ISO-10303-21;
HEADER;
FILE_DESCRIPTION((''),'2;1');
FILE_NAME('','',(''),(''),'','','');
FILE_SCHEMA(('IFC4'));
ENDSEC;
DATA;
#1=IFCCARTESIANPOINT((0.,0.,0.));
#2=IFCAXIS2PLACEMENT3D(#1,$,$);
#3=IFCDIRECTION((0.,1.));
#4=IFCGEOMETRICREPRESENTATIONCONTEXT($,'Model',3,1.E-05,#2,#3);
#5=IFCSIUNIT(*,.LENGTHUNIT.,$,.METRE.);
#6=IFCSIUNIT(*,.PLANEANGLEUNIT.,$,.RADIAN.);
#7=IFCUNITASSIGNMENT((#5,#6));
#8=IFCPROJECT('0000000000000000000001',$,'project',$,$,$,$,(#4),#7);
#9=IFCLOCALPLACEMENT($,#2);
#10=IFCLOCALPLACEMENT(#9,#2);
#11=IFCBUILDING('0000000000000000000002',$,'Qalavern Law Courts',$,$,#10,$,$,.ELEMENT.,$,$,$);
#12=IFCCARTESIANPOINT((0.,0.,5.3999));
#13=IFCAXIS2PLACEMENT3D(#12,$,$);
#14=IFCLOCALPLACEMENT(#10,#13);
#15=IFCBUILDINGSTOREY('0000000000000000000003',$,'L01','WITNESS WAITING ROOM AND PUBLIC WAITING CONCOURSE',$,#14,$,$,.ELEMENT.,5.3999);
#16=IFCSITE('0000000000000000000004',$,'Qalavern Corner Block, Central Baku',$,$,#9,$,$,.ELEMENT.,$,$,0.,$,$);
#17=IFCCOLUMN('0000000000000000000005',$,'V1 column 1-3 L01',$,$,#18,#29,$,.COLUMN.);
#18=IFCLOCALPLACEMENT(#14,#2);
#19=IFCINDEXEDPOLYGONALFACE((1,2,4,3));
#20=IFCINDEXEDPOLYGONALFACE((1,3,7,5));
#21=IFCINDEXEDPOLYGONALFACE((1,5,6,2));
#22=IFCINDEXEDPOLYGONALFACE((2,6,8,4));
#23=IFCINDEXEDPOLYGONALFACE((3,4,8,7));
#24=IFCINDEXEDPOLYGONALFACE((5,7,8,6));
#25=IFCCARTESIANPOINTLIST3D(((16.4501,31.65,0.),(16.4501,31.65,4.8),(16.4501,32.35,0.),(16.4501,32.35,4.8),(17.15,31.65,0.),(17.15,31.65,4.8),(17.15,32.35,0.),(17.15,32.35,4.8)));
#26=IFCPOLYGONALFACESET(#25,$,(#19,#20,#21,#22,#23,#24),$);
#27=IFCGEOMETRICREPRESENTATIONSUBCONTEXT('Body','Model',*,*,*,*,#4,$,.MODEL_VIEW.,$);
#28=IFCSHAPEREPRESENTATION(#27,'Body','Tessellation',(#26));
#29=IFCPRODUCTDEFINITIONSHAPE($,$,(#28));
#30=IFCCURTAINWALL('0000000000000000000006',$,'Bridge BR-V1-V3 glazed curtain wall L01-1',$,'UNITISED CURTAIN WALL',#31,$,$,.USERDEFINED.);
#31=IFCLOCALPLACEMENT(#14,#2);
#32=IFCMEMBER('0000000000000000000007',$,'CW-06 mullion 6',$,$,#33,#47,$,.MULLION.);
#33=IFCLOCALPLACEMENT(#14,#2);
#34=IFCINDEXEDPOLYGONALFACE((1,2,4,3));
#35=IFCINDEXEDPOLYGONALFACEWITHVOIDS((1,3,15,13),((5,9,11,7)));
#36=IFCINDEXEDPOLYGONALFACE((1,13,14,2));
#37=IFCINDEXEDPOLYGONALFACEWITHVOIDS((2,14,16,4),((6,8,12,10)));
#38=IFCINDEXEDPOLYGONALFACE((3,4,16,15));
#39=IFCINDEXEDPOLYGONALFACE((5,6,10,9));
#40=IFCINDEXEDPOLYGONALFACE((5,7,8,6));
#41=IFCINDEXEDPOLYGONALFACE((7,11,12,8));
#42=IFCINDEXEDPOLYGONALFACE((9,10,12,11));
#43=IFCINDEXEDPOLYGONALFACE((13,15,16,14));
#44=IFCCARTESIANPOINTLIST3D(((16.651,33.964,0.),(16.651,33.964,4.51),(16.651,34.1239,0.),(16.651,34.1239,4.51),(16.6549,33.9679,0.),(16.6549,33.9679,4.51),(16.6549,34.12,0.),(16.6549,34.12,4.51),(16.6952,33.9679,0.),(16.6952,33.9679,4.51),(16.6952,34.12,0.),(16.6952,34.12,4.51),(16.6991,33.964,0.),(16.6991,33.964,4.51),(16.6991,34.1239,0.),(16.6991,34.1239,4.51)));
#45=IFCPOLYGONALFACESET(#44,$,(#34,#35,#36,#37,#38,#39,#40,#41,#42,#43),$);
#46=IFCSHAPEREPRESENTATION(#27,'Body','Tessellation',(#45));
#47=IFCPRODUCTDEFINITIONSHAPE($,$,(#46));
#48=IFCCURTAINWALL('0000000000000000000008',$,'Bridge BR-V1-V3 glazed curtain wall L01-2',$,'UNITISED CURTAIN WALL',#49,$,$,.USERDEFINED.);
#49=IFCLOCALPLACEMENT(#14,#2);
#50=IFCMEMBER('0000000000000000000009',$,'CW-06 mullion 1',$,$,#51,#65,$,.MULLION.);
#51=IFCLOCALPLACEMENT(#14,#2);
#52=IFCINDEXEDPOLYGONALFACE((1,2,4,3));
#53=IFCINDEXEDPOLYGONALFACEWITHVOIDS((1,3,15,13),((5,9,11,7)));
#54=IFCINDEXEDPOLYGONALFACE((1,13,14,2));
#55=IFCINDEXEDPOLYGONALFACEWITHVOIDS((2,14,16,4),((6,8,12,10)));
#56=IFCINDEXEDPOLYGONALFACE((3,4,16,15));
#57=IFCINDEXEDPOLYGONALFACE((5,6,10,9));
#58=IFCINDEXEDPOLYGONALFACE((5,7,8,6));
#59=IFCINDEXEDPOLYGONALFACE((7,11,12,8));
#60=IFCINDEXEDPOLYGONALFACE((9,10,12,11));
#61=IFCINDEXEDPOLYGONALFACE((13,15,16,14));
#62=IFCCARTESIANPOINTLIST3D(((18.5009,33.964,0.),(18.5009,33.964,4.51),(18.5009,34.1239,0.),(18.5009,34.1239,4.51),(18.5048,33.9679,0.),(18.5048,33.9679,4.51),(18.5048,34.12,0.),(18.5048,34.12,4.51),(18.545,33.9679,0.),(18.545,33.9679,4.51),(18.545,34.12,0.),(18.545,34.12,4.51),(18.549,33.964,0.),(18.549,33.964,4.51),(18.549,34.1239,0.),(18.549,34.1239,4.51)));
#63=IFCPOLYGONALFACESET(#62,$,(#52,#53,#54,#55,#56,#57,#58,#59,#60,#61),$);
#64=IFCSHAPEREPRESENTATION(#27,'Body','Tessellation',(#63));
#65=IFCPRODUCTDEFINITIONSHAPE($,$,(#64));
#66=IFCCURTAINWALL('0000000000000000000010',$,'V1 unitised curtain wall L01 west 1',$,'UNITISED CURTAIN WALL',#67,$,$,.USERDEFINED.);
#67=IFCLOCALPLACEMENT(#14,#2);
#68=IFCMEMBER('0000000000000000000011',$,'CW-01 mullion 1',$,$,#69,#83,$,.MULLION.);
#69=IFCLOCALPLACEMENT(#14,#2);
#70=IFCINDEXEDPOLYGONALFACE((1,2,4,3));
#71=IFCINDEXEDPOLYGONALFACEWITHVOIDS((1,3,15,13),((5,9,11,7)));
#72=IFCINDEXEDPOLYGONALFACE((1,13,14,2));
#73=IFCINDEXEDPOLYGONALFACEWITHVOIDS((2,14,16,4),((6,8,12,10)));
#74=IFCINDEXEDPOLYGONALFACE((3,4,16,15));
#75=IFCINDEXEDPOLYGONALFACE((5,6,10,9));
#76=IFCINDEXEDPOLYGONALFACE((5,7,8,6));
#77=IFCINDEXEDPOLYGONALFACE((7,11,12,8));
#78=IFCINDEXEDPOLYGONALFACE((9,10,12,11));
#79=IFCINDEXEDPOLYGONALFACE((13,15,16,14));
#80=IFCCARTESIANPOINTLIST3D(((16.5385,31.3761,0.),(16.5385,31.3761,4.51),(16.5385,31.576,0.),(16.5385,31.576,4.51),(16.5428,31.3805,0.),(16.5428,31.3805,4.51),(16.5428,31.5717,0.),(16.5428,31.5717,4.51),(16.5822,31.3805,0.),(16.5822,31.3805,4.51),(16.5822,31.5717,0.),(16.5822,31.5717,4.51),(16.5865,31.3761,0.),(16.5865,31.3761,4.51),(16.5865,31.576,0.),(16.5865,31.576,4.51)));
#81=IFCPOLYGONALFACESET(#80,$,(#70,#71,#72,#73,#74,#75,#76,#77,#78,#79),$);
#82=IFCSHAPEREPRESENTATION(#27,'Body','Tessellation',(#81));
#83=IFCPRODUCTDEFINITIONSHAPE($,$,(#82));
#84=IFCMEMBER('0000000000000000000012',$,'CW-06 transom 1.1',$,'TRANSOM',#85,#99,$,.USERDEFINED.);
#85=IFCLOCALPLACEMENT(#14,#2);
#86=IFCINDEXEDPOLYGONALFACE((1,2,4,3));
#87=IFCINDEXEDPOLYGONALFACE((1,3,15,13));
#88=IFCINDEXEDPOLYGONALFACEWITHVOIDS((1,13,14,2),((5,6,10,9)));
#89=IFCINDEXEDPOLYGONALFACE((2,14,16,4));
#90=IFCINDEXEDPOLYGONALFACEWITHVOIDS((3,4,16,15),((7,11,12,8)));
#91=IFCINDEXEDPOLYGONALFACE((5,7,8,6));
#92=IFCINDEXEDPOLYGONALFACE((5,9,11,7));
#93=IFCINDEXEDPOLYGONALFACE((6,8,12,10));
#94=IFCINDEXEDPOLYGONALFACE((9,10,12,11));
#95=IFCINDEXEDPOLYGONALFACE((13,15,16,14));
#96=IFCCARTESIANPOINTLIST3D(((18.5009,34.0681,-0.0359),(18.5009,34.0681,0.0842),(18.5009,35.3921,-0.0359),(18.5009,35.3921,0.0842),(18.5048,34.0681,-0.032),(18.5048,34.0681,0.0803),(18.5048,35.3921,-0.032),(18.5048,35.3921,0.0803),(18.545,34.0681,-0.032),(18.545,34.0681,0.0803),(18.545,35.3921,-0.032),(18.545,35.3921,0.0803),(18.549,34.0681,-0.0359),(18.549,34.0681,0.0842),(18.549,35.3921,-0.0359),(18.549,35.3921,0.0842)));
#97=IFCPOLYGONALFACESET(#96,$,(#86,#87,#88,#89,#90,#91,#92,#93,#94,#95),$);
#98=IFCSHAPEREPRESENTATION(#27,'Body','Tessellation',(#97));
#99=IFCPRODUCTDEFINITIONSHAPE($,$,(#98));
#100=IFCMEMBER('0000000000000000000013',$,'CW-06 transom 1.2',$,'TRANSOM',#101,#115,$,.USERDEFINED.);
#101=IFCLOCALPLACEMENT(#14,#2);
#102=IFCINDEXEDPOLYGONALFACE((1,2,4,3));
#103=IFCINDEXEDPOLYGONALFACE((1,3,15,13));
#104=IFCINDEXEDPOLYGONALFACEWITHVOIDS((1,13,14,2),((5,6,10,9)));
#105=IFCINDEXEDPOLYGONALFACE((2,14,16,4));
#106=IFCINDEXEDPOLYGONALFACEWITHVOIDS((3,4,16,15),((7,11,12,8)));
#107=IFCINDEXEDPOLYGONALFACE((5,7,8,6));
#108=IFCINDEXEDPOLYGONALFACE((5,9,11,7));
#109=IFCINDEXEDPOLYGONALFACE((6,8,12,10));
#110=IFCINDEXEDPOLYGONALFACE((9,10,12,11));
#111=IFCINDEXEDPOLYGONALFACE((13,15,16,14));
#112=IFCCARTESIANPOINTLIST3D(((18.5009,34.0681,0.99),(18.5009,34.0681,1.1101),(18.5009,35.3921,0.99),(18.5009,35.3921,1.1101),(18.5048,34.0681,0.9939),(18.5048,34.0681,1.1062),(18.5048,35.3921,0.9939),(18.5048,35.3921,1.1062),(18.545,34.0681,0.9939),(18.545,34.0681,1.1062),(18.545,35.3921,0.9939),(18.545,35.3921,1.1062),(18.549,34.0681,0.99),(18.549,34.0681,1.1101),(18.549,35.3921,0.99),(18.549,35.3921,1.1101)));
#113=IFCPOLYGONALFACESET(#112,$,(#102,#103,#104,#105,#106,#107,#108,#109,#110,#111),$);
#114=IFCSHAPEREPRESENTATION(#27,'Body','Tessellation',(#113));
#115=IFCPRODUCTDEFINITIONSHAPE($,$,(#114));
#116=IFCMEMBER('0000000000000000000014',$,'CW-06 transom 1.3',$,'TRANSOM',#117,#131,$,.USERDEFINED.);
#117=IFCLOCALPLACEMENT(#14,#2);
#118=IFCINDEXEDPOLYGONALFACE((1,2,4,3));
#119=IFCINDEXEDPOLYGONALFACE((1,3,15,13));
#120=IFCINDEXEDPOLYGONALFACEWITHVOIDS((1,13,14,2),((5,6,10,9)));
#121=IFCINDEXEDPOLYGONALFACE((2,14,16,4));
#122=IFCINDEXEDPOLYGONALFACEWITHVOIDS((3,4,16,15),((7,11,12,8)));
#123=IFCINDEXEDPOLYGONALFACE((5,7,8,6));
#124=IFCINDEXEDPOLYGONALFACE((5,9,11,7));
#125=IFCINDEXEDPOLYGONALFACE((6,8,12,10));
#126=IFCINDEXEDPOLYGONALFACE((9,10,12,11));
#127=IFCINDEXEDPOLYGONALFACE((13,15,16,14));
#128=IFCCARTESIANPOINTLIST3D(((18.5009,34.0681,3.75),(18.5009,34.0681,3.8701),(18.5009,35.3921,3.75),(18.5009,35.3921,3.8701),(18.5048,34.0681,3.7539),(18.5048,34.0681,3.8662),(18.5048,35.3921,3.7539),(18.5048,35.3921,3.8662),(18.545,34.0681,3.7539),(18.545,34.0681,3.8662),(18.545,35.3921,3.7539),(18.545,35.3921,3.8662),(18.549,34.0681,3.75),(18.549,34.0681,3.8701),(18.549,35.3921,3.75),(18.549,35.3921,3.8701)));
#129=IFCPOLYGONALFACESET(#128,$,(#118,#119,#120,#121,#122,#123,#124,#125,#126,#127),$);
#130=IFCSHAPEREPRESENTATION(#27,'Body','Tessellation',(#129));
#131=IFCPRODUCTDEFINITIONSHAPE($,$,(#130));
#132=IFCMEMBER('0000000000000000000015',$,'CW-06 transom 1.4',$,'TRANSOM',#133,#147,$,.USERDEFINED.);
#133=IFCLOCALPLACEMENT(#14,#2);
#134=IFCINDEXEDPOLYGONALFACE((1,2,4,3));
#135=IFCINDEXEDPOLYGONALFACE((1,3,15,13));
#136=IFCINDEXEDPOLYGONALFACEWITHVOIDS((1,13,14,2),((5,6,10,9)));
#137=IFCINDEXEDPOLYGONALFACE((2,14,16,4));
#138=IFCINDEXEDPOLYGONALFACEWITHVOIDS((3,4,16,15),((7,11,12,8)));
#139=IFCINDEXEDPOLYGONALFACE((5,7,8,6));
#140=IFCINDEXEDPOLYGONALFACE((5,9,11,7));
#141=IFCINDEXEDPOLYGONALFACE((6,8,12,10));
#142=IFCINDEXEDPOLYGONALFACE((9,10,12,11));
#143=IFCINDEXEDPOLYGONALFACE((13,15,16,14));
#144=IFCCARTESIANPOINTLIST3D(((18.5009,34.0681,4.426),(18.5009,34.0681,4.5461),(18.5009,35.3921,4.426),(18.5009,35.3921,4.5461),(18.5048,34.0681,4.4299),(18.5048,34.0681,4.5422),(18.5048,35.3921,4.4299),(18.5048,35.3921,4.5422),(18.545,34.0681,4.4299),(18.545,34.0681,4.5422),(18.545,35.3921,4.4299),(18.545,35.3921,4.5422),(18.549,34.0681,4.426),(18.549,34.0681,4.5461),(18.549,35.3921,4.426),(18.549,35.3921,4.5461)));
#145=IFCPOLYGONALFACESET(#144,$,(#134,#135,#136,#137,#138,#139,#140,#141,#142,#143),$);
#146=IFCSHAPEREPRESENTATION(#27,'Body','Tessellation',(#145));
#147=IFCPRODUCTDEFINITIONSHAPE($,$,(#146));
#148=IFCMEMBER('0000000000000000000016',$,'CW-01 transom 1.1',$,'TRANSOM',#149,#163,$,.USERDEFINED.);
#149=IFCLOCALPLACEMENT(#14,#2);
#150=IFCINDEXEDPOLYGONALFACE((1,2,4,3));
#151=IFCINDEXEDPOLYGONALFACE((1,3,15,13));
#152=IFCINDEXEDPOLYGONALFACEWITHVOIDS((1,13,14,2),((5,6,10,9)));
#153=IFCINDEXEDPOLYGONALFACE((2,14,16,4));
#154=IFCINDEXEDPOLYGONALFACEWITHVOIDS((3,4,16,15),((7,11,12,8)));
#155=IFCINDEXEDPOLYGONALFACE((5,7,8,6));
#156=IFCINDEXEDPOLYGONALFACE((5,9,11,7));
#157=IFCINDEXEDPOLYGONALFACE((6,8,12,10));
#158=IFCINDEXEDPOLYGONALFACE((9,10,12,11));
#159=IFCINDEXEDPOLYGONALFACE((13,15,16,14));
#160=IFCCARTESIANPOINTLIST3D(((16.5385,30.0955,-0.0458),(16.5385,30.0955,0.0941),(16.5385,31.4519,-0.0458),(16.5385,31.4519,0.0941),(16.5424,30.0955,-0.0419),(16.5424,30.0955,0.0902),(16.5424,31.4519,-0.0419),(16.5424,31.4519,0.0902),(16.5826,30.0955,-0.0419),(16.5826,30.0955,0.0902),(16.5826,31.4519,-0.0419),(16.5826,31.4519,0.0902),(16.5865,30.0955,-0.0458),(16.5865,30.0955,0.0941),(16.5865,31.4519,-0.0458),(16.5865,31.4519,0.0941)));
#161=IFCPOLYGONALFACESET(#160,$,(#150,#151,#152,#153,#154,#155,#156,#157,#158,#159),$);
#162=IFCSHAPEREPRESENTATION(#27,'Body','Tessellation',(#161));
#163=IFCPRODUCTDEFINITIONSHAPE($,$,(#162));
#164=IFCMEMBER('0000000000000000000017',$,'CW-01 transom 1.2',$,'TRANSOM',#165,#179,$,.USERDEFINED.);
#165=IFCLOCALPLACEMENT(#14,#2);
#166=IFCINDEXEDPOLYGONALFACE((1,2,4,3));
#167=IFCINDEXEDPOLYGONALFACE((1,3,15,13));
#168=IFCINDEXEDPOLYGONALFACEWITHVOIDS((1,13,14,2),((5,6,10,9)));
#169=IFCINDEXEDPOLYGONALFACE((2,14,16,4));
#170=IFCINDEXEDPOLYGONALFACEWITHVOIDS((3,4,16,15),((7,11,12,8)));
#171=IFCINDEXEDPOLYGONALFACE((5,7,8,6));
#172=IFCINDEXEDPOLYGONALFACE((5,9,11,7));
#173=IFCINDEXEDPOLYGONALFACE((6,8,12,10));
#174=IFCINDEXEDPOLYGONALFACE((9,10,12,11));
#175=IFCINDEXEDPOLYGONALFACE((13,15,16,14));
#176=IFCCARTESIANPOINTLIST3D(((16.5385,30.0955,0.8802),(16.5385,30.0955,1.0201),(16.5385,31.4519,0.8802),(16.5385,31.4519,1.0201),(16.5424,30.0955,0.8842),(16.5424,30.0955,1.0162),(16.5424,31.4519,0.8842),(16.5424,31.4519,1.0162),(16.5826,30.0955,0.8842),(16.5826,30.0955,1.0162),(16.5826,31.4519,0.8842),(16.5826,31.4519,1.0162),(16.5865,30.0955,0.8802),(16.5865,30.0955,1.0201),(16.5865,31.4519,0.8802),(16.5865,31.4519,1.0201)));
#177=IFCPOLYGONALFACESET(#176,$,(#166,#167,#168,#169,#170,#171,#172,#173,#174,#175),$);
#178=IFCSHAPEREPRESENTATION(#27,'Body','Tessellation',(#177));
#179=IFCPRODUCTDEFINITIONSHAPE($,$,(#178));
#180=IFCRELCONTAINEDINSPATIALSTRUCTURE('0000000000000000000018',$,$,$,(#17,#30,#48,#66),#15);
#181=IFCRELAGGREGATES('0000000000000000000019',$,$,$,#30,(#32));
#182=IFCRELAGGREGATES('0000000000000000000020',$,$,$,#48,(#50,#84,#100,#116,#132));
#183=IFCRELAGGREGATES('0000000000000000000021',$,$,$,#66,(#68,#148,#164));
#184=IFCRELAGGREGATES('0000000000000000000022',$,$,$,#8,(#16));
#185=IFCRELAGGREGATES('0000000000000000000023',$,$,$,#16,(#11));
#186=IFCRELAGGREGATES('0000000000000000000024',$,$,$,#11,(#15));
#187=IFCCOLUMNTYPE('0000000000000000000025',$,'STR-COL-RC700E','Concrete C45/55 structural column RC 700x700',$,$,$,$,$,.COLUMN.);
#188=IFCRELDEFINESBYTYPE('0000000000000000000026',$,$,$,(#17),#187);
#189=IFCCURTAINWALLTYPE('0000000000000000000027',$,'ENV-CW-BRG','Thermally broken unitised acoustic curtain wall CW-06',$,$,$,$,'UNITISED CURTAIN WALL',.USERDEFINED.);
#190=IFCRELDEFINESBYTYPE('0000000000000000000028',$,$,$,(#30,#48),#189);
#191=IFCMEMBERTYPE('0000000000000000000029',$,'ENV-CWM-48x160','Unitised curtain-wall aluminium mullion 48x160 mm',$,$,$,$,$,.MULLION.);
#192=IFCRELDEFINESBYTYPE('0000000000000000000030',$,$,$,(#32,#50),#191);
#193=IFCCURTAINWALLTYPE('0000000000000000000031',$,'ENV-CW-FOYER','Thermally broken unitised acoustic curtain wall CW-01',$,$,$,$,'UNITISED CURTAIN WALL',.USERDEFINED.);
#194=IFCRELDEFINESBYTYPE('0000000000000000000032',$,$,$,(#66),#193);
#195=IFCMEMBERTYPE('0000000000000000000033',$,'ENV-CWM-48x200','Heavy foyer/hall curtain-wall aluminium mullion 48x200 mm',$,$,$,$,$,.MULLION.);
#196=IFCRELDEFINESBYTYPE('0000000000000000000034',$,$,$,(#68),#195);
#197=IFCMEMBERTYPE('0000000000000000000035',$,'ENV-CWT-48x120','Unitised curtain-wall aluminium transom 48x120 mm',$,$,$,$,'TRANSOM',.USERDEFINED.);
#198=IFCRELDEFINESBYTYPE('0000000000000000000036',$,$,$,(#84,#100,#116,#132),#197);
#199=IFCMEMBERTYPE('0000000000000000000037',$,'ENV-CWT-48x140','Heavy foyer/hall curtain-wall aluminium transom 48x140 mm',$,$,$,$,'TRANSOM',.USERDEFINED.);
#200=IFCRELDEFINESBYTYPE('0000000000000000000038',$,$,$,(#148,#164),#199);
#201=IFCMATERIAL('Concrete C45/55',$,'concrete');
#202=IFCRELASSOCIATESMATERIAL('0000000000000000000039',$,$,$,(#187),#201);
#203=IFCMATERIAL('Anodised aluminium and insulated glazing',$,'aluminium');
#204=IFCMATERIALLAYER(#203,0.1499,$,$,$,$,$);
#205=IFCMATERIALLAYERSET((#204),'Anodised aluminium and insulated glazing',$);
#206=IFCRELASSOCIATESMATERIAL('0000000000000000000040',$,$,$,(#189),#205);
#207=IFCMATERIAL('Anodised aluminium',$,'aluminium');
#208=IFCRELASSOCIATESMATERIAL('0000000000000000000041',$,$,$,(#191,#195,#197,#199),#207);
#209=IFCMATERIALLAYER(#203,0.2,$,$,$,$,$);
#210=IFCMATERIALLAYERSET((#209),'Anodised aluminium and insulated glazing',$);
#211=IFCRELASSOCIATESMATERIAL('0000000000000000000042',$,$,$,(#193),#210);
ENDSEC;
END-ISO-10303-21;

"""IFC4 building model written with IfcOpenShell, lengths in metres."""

from ifc_helpers import new_model, si_unit, direction, frame, origin, origin_2d, place, context, subcontext, project, spatial, rectangle, hollow_rectangle, extrude, material, layer, layer_set, material_profile, profile_set, type_object, element, aggregate, save


model = new_model("IFC4")

# Units and contexts
model_context = context("Model", 3, precision=1e-05, world=origin(), true_north=direction((0.0, 1.0)))
body_context = subcontext(model_context, "Body", "Model", "MODEL_VIEW")
ifc_project = project(units=[si_unit("LENGTHUNIT", "METRE"), si_unit("PLANEANGLEUNIT", "RADIAN")], contexts=[model_context])

# Site, building, storey
site_placement = place(None, origin())
site = spatial("IfcSite", under=ifc_project, at=site_placement, Name="Qalavern Corner Block, Central Baku", CompositionType="ELEMENT", RefElevation=0.0)
building_placement = place(site_placement, origin())
building = spatial("IfcBuilding", under=site, at=building_placement, Name="Qalavern Law Courts", CompositionType="ELEMENT")
storey_placement = place(building_placement, frame((0.0, 0.0, 5.3999)))
storey = spatial("IfcBuildingStorey", under=building, at=storey_placement, Name="L01", Description="WITNESS WAITING ROOM AND PUBLIC WAITING CONCOURSE", CompositionType="ELEMENT", Elevation=5.3999)

# Column
ifc_material_1 = material(Name="Concrete C45/55", Category="concrete")
ifc_material_profile_1 = material_profile(ifc_material_1, rectangle(XDim=0.7, YDim=0.7, at=origin_2d()), Name="RC 700x700")
ifc_profile_set_1 = profile_set([ifc_material_profile_1], Name="Concrete C45/55")
column_type = type_object("IfcColumnType", Name="STR-COL-RC700E", Description="Concrete C45/55 structural column RC 700x700", PredefinedType="COLUMN", material=ifc_profile_set_1)
column_placement = place(storey_placement, frame((16.8, 32.0, 0.0), z_axis=(0.0, 0.0, 1.0), x_axis=(1.0, 0.0, 0.0)))
element("IfcColumn", 1, at=column_placement, inside=storey, type_object=column_type, Name="V1 column 1-3 L01", PredefinedType="COLUMN", context=body_context, shape_type="SweptSolid", body=[
    extrude(rectangle(XDim=0.7, YDim=0.7, at=origin_2d()), origin(), (0.0, 0.0, 1.0), 4.8),
])

# Curtain walls, members
ifc_material_2 = material(Name="Anodised aluminium and insulated glazing", Category="aluminium")
ifc_layer_1 = layer(ifc_material_2, 0.1499)
ifc_layer_set_1 = layer_set([ifc_layer_1], Name="Anodised aluminium and insulated glazing")
curtain_wall_type_1 = type_object("IfcCurtainWallType", Name="ENV-CW-BRG", Description="Thermally broken unitised acoustic curtain wall CW-06", ElementType="UNITISED CURTAIN WALL", PredefinedType="USERDEFINED", material=ifc_layer_set_1)
curtain_wall_1_placement = place(storey_placement, origin())
curtain_wall_1 = element("IfcCurtainWall", 2, at=curtain_wall_1_placement, inside=storey, type_object=curtain_wall_type_1, Name="Bridge BR-V1-V3 glazed curtain wall L01-1", ObjectType="UNITISED CURTAIN WALL", PredefinedType="USERDEFINED")
ifc_material_3 = material(Name="Anodised aluminium", Category="aluminium")
ifc_material_profile_2 = material_profile(ifc_material_3, hollow_rectangle(XDim=0.0481, YDim=0.1599, WallThickness=0.0039, at=origin_2d()), Name="ALU MULLION 48x160")
ifc_profile_set_2 = profile_set([ifc_material_profile_2], Name="Anodised aluminium")
member_type_1 = type_object("IfcMemberType", Name="ENV-CWM-48x160", Description="Unitised curtain-wall aluminium mullion 48x160 mm", PredefinedType="MULLION", material=ifc_profile_set_2)
member_1_placement = place(storey_placement, frame((16.675, 34.0439, 0.0), z_axis=(0.0, 0.0, 1.0), x_axis=(1.0, 0.0, 0.0)))
member_1 = element("IfcMember", 3, at=member_1_placement, type_object=member_type_1, Name="CW-06 mullion 6", PredefinedType="MULLION", context=body_context, shape_type="SweptSolid", body=[
    extrude(hollow_rectangle(XDim=0.0481, YDim=0.1599, WallThickness=0.0039, at=origin_2d()), origin(), (0.0, 0.0, 1.0), 4.51),
])
aggregate(curtain_wall_1, [member_1])
curtain_wall_2_placement = place(storey_placement, origin())
curtain_wall_2 = element("IfcCurtainWall", 4, at=curtain_wall_2_placement, inside=storey, type_object=curtain_wall_type_1, Name="Bridge BR-V1-V3 glazed curtain wall L01-2", ObjectType="UNITISED CURTAIN WALL", PredefinedType="USERDEFINED")
member_2_placement = place(storey_placement, frame((18.5249, 34.0439, 0.0), z_axis=(0.0, 0.0, 1.0), x_axis=(-1.0, 0.0, 0.0)))
member_2 = element("IfcMember", 5, at=member_2_placement, type_object=member_type_1, Name="CW-06 mullion 1", PredefinedType="MULLION", context=body_context, shape_type="SweptSolid", body=[
    extrude(hollow_rectangle(XDim=0.0481, YDim=0.1599, WallThickness=0.0039, at=origin_2d()), origin(), (0.0, 0.0, 1.0), 4.51),
])
ifc_layer_2 = layer(ifc_material_2, 0.2)
ifc_layer_set_2 = layer_set([ifc_layer_2], Name="Anodised aluminium and insulated glazing")
curtain_wall_type_2 = type_object("IfcCurtainWallType", Name="ENV-CW-FOYER", Description="Thermally broken unitised acoustic curtain wall CW-01", ElementType="UNITISED CURTAIN WALL", PredefinedType="USERDEFINED", material=ifc_layer_set_2)
curtain_wall_3_placement = place(storey_placement, origin())
curtain_wall_3 = element("IfcCurtainWall", 6, at=curtain_wall_3_placement, inside=storey, type_object=curtain_wall_type_2, Name="V1 unitised curtain wall L01 west 1", ObjectType="UNITISED CURTAIN WALL", PredefinedType="USERDEFINED")
ifc_material_profile_3 = material_profile(ifc_material_3, hollow_rectangle(XDim=0.0481, YDim=0.2, WallThickness=0.0044, at=origin_2d()), Name="ALU MULLION 48x200")
ifc_profile_set_3 = profile_set([ifc_material_profile_3], Name="Anodised aluminium")
member_type_2 = type_object("IfcMemberType", Name="ENV-CWM-48x200", Description="Heavy foyer/hall curtain-wall aluminium mullion 48x200 mm", PredefinedType="MULLION", material=ifc_profile_set_3)
member_3_placement = place(storey_placement, frame((16.5625, 31.4761, 0.0), z_axis=(0.0, 0.0, 1.0), x_axis=(1.0, 0.0, 0.0)))
member_3 = element("IfcMember", 7, at=member_3_placement, type_object=member_type_2, Name="CW-01 mullion 1", PredefinedType="MULLION", context=body_context, shape_type="SweptSolid", body=[
    extrude(hollow_rectangle(XDim=0.0481, YDim=0.2, WallThickness=0.0044, at=origin_2d()), origin(), (0.0, 0.0, 1.0), 4.51),
])

# Members
ifc_material_profile_4 = material_profile(ifc_material_3, hollow_rectangle(XDim=0.0481, YDim=0.1201, WallThickness=0.0039, at=origin_2d()), Name="ALU TRANSOM 48x120")
ifc_profile_set_4 = profile_set([ifc_material_profile_4], Name="Anodised aluminium")
member_type_3 = type_object("IfcMemberType", Name="ENV-CWT-48x120", Description="Unitised curtain-wall aluminium transom 48x120 mm", ElementType="TRANSOM", PredefinedType="USERDEFINED", material=ifc_profile_set_4)
member_4_placement = place(storey_placement, frame((18.5249, 34.0681, 0.0242), z_axis=(0.0, 1.0, 0.0), x_axis=(-1.0, 0.0, 0.0)))
member_4 = element("IfcMember", 8, at=member_4_placement, type_object=member_type_3, Name="CW-06 transom 1.1", ObjectType="TRANSOM", PredefinedType="USERDEFINED", context=body_context, shape_type="SweptSolid", body=[
    extrude(hollow_rectangle(XDim=0.0481, YDim=0.1201, WallThickness=0.0039, at=origin_2d()), origin(), (0.0, 0.0, 1.0), 1.324),
])
member_5_placement = place(storey_placement, frame((18.5249, 34.0681, 1.05), z_axis=(0.0, 1.0, 0.0), x_axis=(-1.0, 0.0, 0.0)))
member_5 = element("IfcMember", 9, at=member_5_placement, type_object=member_type_3, Name="CW-06 transom 1.2", ObjectType="TRANSOM", PredefinedType="USERDEFINED", context=body_context, shape_type="SweptSolid", body=[
    extrude(hollow_rectangle(XDim=0.0481, YDim=0.1201, WallThickness=0.0039, at=origin_2d()), origin(), (0.0, 0.0, 1.0), 1.324),
])
member_6_placement = place(storey_placement, frame((18.5249, 34.0681, 3.8101), z_axis=(0.0, 1.0, 0.0), x_axis=(-1.0, 0.0, 0.0)))
member_6 = element("IfcMember", 10, at=member_6_placement, type_object=member_type_3, Name="CW-06 transom 1.3", ObjectType="TRANSOM", PredefinedType="USERDEFINED", context=body_context, shape_type="SweptSolid", body=[
    extrude(hollow_rectangle(XDim=0.0481, YDim=0.1201, WallThickness=0.0039, at=origin_2d()), origin(), (0.0, 0.0, 1.0), 1.324),
])
member_7_placement = place(storey_placement, frame((18.5249, 34.0681, 4.4861), z_axis=(0.0, 1.0, 0.0), x_axis=(-1.0, 0.0, 0.0)))
member_7 = element("IfcMember", 11, at=member_7_placement, type_object=member_type_3, Name="CW-06 transom 1.4", ObjectType="TRANSOM", PredefinedType="USERDEFINED", context=body_context, shape_type="SweptSolid", body=[
    extrude(hollow_rectangle(XDim=0.0481, YDim=0.1201, WallThickness=0.0039, at=origin_2d()), origin(), (0.0, 0.0, 1.0), 1.324),
])
aggregate(curtain_wall_2, [member_2, member_4, member_5, member_6, member_7])
ifc_material_profile_5 = material_profile(ifc_material_3, hollow_rectangle(XDim=0.0481, YDim=0.1399, WallThickness=0.0039, at=origin_2d()), Name="ALU TRANSOM 48x140")
ifc_profile_set_5 = profile_set([ifc_material_profile_5], Name="Anodised aluminium")
member_type_4 = type_object("IfcMemberType", Name="ENV-CWT-48x140", Description="Heavy foyer/hall curtain-wall aluminium transom 48x140 mm", ElementType="TRANSOM", PredefinedType="USERDEFINED", material=ifc_profile_set_5)
member_8_placement = place(storey_placement, frame((16.5625, 31.4519, 0.0242), z_axis=(0.0, -1.0, 0.0), x_axis=(1.0, 0.0, 0.0)))
member_8 = element("IfcMember", 12, at=member_8_placement, type_object=member_type_4, Name="CW-01 transom 1.1", ObjectType="TRANSOM", PredefinedType="USERDEFINED", context=body_context, shape_type="SweptSolid", body=[
    extrude(hollow_rectangle(XDim=0.0481, YDim=0.1399, WallThickness=0.0039, at=origin_2d()), origin(), (0.0, 0.0, 1.0), 1.3564),
])
member_9_placement = place(storey_placement, frame((16.5625, 31.4519, 0.9502), z_axis=(0.0, -1.0, 0.0), x_axis=(1.0, 0.0, 0.0)))
member_9 = element("IfcMember", 13, at=member_9_placement, type_object=member_type_4, Name="CW-01 transom 1.2", ObjectType="TRANSOM", PredefinedType="USERDEFINED", context=body_context, shape_type="SweptSolid", body=[
    extrude(hollow_rectangle(XDim=0.0481, YDim=0.1399, WallThickness=0.0039, at=origin_2d()), origin(), (0.0, 0.0, 1.0), 1.3564),
])

aggregate(curtain_wall_3, [member_3, member_8, member_9])

save(model, "model.ifc")
